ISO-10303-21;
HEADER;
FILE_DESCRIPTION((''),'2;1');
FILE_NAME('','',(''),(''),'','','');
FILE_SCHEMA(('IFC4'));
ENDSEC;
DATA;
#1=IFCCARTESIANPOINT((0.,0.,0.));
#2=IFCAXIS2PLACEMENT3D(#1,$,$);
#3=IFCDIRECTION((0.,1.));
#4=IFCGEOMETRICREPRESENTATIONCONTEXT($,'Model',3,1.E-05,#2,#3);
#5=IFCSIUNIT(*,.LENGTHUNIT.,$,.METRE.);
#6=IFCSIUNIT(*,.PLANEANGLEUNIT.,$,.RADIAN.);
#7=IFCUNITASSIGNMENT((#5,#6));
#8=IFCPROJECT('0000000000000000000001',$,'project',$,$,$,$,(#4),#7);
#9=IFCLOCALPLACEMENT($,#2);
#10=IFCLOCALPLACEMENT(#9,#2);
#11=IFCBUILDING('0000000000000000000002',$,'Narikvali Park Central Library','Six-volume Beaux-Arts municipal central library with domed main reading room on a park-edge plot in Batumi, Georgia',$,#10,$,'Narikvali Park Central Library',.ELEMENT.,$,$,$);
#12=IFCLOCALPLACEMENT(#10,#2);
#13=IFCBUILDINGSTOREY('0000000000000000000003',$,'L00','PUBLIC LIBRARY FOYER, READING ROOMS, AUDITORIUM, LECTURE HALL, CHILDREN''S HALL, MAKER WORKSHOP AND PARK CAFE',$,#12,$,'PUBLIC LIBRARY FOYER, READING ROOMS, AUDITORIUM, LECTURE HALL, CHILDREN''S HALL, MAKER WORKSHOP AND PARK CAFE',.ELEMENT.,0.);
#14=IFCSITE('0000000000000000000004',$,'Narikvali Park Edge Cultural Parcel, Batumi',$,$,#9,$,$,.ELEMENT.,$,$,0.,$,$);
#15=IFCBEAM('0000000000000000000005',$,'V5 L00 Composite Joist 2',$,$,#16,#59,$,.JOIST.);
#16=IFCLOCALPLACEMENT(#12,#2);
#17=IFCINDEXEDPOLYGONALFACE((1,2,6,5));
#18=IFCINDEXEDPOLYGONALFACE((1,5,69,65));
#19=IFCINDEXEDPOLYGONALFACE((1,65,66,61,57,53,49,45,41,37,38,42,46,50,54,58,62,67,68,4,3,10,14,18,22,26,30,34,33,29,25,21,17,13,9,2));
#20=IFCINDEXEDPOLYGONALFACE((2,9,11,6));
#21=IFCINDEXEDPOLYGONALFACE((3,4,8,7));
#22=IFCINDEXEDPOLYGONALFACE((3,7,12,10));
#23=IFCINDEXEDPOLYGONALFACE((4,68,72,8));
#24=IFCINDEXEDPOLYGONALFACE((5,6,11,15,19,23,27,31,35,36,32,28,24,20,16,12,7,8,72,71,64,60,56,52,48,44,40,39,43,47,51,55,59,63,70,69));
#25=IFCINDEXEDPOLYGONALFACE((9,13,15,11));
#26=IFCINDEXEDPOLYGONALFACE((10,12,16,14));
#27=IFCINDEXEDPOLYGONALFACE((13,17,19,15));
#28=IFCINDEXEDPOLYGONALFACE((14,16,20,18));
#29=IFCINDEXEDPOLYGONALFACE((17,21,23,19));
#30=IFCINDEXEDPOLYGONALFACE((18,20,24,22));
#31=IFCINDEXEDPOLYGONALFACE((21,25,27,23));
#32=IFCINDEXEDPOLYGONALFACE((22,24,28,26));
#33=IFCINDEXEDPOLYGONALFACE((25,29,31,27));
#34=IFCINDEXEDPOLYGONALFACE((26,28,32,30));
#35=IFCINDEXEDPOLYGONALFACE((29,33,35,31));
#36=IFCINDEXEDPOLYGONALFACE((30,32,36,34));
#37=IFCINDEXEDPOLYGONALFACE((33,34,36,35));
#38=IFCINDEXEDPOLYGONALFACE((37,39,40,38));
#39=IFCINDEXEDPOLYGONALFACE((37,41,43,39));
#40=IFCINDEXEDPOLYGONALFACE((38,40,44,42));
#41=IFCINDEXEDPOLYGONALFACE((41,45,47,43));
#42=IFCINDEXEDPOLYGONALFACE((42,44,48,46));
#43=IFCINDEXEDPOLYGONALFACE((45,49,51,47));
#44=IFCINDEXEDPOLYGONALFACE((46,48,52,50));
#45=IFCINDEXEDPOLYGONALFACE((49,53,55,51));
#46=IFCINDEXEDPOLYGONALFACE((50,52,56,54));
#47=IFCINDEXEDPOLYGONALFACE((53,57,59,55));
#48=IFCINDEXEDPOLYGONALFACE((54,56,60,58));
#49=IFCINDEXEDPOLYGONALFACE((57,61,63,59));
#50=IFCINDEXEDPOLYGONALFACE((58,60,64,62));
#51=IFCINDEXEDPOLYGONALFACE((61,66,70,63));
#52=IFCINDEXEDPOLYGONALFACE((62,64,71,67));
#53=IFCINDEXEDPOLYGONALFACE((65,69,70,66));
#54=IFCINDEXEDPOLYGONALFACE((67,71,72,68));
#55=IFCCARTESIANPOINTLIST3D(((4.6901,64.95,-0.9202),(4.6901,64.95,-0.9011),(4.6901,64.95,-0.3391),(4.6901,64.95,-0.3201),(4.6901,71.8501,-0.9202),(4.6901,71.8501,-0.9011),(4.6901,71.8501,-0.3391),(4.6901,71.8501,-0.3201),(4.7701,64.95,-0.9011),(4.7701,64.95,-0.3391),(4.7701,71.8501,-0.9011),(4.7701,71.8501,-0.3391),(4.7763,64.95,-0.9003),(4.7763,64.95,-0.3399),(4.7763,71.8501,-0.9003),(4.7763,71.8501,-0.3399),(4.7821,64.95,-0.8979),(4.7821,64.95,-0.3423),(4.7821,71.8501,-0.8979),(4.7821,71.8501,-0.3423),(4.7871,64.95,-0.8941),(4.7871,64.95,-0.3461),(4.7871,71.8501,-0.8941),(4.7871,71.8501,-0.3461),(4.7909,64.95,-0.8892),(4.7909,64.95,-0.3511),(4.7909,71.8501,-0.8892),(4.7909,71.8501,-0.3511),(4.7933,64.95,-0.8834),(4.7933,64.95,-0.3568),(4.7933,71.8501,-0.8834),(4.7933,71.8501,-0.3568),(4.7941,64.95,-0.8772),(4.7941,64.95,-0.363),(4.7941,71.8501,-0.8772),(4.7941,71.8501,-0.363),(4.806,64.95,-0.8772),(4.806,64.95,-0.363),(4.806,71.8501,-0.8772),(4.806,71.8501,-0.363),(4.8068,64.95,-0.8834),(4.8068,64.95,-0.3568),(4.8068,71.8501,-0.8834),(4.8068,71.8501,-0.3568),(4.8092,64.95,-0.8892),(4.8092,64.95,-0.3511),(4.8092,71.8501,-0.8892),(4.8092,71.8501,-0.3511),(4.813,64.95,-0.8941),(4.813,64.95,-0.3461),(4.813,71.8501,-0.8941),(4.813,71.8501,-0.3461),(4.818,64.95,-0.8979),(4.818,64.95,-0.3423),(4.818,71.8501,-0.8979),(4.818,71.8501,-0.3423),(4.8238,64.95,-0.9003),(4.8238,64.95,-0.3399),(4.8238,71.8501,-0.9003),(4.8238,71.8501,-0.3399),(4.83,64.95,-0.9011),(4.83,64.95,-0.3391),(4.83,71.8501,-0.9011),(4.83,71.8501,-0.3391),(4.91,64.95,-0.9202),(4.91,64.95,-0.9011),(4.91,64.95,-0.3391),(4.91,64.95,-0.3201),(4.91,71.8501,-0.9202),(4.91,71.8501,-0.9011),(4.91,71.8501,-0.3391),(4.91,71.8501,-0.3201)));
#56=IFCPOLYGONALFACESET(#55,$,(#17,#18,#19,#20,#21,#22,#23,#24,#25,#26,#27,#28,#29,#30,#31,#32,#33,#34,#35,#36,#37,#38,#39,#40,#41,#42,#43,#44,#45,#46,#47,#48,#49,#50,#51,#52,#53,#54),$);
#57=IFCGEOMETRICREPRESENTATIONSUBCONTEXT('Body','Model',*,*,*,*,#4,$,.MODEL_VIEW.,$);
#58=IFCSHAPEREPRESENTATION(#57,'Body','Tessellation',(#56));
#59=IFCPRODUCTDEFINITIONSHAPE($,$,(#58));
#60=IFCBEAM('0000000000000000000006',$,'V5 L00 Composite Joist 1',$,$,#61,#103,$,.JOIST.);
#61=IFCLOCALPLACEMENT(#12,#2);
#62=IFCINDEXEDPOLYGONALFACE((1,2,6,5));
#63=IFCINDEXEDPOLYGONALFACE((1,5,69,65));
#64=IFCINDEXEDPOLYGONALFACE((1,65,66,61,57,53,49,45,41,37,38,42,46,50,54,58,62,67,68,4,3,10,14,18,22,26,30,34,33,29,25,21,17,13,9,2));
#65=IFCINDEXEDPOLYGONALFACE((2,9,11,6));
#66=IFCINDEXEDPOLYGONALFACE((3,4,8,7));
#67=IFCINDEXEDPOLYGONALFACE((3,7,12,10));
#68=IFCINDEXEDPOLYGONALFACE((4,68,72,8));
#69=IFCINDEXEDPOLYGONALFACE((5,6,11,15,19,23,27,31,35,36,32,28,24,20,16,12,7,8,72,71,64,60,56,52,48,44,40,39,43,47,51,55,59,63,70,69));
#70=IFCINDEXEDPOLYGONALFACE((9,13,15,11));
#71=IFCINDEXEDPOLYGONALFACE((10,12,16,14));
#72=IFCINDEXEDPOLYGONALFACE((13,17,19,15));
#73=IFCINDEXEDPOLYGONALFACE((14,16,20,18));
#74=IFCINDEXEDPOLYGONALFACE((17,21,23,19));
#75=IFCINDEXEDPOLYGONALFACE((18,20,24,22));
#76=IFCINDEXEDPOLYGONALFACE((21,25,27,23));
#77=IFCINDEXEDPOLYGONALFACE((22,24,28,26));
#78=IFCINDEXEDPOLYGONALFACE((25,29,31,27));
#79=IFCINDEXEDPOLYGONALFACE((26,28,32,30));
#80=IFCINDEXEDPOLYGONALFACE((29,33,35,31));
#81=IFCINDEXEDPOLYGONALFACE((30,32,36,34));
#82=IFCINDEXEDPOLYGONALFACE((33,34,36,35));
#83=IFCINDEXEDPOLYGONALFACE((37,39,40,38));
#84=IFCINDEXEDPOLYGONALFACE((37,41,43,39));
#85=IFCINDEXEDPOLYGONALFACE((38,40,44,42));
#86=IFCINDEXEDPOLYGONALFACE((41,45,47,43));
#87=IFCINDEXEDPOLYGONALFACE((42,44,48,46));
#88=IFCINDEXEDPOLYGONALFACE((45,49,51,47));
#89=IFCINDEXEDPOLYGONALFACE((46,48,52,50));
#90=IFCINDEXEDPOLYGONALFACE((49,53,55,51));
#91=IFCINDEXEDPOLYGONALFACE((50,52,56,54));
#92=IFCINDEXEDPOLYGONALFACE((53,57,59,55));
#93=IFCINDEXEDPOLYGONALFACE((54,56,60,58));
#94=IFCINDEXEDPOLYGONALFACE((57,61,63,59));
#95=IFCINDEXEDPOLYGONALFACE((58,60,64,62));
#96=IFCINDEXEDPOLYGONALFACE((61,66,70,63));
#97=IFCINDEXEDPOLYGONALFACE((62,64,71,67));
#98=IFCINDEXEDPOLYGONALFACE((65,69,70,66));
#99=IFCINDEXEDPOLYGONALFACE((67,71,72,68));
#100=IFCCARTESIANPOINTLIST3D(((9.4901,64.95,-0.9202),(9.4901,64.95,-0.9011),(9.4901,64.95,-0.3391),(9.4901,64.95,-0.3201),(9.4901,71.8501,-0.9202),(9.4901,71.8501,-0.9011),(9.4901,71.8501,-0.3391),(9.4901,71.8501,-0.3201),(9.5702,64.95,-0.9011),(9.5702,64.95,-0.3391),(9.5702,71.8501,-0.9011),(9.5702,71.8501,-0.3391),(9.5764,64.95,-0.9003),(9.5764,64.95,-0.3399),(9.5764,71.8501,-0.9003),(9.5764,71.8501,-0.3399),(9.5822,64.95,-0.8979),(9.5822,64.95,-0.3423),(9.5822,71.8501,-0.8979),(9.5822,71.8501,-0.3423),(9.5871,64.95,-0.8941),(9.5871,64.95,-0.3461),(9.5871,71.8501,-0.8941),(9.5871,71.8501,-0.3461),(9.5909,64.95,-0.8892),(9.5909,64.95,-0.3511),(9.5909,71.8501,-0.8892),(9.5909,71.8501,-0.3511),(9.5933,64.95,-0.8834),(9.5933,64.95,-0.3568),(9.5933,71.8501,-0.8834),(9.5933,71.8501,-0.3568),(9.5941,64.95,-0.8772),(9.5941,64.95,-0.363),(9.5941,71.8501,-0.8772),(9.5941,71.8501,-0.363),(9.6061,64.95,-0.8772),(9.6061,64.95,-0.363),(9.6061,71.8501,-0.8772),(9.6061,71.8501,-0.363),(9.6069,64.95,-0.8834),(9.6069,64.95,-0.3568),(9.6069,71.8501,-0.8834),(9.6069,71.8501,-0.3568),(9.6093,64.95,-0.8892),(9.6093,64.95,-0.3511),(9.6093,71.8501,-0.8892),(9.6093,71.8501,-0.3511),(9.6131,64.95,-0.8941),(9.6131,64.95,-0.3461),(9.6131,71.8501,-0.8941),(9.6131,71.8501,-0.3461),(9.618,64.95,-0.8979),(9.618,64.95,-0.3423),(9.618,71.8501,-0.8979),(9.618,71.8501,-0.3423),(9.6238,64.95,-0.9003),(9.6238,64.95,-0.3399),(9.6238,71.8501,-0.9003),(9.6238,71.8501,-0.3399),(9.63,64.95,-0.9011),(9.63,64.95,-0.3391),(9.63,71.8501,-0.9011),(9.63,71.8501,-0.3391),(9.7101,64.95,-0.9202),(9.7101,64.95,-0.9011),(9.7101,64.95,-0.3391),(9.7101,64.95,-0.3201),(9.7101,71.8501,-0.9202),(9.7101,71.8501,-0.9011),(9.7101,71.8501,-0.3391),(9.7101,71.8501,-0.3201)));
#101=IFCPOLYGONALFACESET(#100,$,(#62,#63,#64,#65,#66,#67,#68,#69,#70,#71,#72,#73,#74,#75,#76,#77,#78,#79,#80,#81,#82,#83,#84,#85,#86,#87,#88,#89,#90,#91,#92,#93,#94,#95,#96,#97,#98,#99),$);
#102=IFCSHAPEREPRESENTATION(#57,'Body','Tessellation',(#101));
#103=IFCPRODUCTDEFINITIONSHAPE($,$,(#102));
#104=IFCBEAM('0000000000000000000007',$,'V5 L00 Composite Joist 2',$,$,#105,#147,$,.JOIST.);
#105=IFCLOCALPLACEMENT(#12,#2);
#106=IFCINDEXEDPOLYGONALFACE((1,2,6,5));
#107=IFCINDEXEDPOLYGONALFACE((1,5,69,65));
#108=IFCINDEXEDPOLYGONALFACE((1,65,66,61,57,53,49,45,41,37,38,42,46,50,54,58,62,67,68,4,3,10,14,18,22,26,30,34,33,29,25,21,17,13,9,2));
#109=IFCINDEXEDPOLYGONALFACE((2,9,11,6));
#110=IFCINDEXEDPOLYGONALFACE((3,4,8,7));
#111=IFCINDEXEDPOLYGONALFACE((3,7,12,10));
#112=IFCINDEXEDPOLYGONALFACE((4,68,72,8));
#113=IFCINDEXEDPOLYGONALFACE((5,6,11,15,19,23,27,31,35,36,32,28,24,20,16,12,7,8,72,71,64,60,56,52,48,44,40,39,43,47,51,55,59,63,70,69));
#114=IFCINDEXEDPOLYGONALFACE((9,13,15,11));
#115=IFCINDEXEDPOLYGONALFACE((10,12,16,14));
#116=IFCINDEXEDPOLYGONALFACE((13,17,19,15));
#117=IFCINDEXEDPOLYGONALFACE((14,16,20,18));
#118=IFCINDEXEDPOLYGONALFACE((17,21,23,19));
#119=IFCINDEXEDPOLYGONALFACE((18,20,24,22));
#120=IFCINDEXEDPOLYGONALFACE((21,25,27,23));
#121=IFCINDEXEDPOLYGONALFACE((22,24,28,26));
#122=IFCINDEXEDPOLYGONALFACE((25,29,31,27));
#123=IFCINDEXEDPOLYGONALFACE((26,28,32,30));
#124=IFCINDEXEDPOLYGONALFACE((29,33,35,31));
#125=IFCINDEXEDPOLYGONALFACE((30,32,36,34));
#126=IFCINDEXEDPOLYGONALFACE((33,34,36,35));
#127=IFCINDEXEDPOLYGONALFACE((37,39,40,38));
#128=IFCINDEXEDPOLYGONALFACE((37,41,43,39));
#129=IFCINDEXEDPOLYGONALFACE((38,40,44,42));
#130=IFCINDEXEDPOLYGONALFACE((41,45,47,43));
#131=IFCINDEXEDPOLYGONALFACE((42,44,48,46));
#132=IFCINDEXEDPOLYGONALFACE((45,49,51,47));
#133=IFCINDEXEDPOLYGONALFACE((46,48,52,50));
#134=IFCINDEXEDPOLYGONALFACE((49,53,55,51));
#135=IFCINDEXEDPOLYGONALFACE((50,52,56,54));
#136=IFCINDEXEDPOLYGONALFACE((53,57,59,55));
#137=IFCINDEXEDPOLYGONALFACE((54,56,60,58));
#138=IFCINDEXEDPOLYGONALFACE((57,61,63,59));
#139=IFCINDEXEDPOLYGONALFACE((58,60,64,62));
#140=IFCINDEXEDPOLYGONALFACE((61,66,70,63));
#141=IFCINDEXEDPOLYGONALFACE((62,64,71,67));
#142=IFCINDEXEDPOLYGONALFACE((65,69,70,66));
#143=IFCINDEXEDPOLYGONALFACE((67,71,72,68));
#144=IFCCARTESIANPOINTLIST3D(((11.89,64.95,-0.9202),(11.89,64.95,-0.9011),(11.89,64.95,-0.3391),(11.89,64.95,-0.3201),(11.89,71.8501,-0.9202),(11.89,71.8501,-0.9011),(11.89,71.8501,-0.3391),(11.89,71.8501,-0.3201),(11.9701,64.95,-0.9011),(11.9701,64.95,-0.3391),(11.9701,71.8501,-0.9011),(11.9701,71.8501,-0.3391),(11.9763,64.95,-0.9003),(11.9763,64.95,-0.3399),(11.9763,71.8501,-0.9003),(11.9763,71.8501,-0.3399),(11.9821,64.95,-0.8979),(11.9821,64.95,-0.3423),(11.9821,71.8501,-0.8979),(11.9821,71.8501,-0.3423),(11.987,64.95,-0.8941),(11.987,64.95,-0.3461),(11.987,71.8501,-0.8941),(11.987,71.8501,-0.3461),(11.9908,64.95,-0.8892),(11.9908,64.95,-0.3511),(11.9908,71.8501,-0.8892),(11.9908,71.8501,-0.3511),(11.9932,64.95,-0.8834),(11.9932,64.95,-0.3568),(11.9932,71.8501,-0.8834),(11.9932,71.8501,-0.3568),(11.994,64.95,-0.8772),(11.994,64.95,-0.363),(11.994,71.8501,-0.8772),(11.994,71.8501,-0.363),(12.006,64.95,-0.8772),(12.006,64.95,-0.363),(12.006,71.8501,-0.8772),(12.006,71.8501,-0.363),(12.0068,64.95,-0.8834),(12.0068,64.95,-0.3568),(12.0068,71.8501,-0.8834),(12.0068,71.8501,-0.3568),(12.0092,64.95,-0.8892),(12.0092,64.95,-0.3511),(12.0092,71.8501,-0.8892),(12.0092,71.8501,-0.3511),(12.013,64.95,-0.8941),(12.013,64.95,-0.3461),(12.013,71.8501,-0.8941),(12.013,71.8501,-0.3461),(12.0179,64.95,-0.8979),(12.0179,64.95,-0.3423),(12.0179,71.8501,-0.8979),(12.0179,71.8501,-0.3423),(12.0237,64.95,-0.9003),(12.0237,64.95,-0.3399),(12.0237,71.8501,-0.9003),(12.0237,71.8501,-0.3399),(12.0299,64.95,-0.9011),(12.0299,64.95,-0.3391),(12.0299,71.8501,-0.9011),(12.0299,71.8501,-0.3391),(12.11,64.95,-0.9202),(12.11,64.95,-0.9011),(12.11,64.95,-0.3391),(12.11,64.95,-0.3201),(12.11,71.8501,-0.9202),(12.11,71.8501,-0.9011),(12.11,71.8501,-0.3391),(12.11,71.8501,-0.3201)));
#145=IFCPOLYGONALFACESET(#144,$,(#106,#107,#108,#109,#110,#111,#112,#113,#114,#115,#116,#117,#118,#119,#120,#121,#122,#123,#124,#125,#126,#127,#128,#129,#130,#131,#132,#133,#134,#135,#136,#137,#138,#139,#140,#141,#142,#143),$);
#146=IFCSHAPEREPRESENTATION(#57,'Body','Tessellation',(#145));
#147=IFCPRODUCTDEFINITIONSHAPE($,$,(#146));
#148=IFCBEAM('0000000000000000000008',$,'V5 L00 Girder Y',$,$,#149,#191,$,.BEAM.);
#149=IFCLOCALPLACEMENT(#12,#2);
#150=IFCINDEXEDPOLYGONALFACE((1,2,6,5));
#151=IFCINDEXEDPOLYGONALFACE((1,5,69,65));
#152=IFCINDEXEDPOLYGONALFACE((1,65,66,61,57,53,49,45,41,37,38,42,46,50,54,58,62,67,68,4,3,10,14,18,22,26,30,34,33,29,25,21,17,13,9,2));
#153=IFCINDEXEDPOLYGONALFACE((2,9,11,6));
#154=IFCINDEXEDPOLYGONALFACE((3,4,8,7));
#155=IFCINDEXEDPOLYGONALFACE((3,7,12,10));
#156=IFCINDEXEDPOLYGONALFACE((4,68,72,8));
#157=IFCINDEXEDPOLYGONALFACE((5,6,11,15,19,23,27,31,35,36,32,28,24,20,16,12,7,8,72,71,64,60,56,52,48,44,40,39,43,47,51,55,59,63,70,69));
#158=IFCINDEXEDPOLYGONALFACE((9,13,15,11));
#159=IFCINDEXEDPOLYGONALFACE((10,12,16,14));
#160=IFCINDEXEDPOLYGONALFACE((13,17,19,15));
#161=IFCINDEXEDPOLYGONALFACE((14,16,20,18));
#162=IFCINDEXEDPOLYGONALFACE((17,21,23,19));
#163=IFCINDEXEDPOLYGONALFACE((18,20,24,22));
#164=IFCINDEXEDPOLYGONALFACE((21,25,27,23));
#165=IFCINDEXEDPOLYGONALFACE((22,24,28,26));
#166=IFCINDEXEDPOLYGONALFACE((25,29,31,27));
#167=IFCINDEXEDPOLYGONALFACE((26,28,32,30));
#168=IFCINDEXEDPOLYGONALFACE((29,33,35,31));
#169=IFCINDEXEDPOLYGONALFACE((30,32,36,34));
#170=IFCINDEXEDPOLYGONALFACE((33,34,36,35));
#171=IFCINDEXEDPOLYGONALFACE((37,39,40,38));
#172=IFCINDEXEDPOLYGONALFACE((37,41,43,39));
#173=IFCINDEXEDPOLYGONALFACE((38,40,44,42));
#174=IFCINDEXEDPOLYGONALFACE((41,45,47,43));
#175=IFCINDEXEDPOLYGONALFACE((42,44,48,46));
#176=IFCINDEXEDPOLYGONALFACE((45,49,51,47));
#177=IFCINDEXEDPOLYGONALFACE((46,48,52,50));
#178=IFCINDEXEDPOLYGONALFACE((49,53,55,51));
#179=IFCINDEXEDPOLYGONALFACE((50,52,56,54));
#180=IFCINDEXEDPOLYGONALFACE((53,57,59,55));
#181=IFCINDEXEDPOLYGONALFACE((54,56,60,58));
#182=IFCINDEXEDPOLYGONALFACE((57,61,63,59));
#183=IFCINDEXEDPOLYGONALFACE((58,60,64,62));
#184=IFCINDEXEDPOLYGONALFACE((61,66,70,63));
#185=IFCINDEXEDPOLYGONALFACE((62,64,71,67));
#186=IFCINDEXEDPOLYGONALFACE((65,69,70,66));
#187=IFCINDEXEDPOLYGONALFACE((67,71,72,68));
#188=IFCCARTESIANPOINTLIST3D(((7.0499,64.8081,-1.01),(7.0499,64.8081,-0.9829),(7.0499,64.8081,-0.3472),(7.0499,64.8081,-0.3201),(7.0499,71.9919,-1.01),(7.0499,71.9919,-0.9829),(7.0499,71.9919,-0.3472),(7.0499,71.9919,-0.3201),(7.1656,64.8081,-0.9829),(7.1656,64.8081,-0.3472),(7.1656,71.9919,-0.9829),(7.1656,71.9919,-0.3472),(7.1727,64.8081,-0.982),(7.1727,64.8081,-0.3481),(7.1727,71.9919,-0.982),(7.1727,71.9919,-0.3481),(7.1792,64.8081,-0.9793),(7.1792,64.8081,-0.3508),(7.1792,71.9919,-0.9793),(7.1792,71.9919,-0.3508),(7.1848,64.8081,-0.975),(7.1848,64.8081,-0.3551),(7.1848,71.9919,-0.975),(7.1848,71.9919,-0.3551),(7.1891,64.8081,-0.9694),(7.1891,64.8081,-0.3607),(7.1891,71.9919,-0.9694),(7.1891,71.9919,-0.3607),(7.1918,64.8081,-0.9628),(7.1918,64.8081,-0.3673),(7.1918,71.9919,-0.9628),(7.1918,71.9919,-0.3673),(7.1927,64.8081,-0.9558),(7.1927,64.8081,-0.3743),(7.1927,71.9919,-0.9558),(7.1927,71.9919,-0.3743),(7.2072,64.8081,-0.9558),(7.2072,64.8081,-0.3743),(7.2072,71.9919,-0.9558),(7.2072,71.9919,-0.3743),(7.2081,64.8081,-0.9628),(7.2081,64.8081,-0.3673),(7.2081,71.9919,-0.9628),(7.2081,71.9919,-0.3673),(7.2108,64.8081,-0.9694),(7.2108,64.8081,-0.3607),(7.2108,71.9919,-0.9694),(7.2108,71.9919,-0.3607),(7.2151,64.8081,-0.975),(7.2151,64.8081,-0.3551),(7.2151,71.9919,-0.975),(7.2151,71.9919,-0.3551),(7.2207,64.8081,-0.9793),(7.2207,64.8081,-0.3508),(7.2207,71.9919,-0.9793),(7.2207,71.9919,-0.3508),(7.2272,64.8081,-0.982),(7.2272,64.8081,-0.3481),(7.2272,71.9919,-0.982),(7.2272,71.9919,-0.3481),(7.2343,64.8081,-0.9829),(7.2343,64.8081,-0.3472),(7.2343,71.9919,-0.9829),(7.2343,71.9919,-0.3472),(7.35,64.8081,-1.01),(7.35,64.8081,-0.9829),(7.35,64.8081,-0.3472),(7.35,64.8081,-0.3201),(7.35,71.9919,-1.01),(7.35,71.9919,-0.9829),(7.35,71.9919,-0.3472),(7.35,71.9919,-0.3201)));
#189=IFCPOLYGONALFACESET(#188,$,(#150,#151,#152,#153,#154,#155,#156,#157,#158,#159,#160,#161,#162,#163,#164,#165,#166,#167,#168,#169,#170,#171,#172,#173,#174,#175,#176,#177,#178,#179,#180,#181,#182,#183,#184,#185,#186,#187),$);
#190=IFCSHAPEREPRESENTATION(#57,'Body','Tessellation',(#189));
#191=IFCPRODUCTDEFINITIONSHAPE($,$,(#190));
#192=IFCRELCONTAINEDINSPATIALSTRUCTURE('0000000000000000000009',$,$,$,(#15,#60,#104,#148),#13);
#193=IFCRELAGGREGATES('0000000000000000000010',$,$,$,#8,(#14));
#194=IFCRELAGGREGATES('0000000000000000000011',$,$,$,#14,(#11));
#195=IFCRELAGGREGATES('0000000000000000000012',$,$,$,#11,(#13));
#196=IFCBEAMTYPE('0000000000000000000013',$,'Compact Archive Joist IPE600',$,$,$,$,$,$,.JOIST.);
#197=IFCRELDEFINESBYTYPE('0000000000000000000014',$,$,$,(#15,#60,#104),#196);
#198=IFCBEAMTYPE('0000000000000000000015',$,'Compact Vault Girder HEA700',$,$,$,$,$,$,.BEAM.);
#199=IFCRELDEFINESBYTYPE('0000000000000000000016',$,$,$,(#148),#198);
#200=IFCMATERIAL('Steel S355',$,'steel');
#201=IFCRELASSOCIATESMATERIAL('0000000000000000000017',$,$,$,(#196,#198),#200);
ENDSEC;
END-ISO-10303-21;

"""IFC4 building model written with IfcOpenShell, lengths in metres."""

from ifc_helpers import new_model, si_unit, direction, frame, origin, origin_2d, place, context, subcontext, project, spatial, i_section, extrude, material, material_profile, profile_set, type_object, element, save


model = new_model("IFC4")

# Units and contexts
model_context = context("Model", 3, precision=1e-05, world=origin(), true_north=direction((0.0, 1.0)))
body_context = subcontext(model_context, "Body", "Model", "MODEL_VIEW")
ifc_project = project(units=[si_unit("LENGTHUNIT", "METRE"), si_unit("PLANEANGLEUNIT", "RADIAN")], contexts=[model_context])

# Site, building, storey
site_placement = place(None, origin())
site = spatial("IfcSite", under=ifc_project, at=site_placement, Name="Narikvali Park Edge Cultural Parcel, Batumi", CompositionType="ELEMENT", RefElevation=0.0)
building_placement = place(site_placement, origin())
building = spatial("IfcBuilding", under=site, at=building_placement, Name="Narikvali Park Central Library", Description="Six-volume Beaux-Arts municipal central library with domed main reading room on a park-edge plot in Batumi, Georgia", LongName="Narikvali Park Central Library", CompositionType="ELEMENT")
storey_placement = place(building_placement, origin())
storey = spatial("IfcBuildingStorey", under=building, at=storey_placement, Name="L00", Description="PUBLIC LIBRARY FOYER, READING ROOMS, AUDITORIUM, LECTURE HALL, CHILDREN'S HALL, MAKER WORKSHOP AND PARK CAFE", LongName="PUBLIC LIBRARY FOYER, READING ROOMS, AUDITORIUM, LECTURE HALL, CHILDREN'S HALL, MAKER WORKSHOP AND PARK CAFE", CompositionType="ELEMENT", Elevation=0.0)

# Shared definitions
ifc_material_1 = material(Name="Steel S355", Category="steel")

# Beams
ifc_material_profile_1 = material_profile(ifc_material_1, i_section(OverallWidth=0.22, OverallDepth=0.6001, WebThickness=0.012, FlangeThickness=0.019, FilletRadius=0.0239, at=origin_2d()), Name="IPE 600")
ifc_profile_set_1 = profile_set([ifc_material_profile_1], Name="Steel S355")
beam_type_1 = type_object("IfcBeamType", Name="Compact Archive Joist IPE600", PredefinedType="JOIST", material=ifc_profile_set_1)
for number, where, z_axis, x_axis, name in (
    (1, (4.8, 64.95, -0.6201), (0.0, 1.0, 0.0), (-1.0, 0.0, 0.0), "V5 L00 Composite Joist 2"),
    (2, (9.6001, 64.95, -0.6201), (0.0, 1.0, 0.0), (-1.0, 0.0, 0.0), "V5 L00 Composite Joist 1"),
    (3, (12.0, 64.95, -0.6201), (0.0, 1.0, 0.0), (-1.0, 0.0, 0.0), "V5 L00 Composite Joist 2"),
):
    element("IfcBeam", number, at=place(storey_placement, frame(where, z_axis=z_axis, x_axis=x_axis)), inside=storey, type_object=beam_type_1, Name=name, PredefinedType="JOIST", context=body_context, shape_type="SweptSolid", body=[
        extrude(i_section(OverallWidth=0.22, OverallDepth=0.6001, WebThickness=0.012, FlangeThickness=0.019, FilletRadius=0.0239, at=origin_2d()), origin(), (0.0, 0.0, 1.0), 6.9001),
    ])
ifc_material_profile_2 = material_profile(ifc_material_1, i_section(OverallWidth=0.3, OverallDepth=0.6899, WebThickness=0.0144, FlangeThickness=0.0271, FilletRadius=0.0271, at=origin_2d()), Name="HEA 700")
ifc_profile_set_2 = profile_set([ifc_material_profile_2], Name="Steel S355")
beam_type_2 = type_object("IfcBeamType", Name="Compact Vault Girder HEA700", PredefinedType="BEAM", material=ifc_profile_set_2)
for number, where, z_axis, x_axis, name in (
    (4, (7.2, 64.8081, -0.665), (0.0, 1.0, 0.0), (-1.0, 0.0, 0.0), "V5 L00 Girder Y"),
):
    element("IfcBeam", number, at=place(storey_placement, frame(where, z_axis=z_axis, x_axis=x_axis)), inside=storey, type_object=beam_type_2, Name=name, PredefinedType="BEAM", context=body_context, shape_type="SweptSolid", body=[
        extrude(i_section(OverallWidth=0.3, OverallDepth=0.6899, WebThickness=0.0144, FlangeThickness=0.0271, FilletRadius=0.0271, at=origin_2d()), origin(), (0.0, 0.0, 1.0), 7.1838),
    ])

save(model, "model.ifc")
